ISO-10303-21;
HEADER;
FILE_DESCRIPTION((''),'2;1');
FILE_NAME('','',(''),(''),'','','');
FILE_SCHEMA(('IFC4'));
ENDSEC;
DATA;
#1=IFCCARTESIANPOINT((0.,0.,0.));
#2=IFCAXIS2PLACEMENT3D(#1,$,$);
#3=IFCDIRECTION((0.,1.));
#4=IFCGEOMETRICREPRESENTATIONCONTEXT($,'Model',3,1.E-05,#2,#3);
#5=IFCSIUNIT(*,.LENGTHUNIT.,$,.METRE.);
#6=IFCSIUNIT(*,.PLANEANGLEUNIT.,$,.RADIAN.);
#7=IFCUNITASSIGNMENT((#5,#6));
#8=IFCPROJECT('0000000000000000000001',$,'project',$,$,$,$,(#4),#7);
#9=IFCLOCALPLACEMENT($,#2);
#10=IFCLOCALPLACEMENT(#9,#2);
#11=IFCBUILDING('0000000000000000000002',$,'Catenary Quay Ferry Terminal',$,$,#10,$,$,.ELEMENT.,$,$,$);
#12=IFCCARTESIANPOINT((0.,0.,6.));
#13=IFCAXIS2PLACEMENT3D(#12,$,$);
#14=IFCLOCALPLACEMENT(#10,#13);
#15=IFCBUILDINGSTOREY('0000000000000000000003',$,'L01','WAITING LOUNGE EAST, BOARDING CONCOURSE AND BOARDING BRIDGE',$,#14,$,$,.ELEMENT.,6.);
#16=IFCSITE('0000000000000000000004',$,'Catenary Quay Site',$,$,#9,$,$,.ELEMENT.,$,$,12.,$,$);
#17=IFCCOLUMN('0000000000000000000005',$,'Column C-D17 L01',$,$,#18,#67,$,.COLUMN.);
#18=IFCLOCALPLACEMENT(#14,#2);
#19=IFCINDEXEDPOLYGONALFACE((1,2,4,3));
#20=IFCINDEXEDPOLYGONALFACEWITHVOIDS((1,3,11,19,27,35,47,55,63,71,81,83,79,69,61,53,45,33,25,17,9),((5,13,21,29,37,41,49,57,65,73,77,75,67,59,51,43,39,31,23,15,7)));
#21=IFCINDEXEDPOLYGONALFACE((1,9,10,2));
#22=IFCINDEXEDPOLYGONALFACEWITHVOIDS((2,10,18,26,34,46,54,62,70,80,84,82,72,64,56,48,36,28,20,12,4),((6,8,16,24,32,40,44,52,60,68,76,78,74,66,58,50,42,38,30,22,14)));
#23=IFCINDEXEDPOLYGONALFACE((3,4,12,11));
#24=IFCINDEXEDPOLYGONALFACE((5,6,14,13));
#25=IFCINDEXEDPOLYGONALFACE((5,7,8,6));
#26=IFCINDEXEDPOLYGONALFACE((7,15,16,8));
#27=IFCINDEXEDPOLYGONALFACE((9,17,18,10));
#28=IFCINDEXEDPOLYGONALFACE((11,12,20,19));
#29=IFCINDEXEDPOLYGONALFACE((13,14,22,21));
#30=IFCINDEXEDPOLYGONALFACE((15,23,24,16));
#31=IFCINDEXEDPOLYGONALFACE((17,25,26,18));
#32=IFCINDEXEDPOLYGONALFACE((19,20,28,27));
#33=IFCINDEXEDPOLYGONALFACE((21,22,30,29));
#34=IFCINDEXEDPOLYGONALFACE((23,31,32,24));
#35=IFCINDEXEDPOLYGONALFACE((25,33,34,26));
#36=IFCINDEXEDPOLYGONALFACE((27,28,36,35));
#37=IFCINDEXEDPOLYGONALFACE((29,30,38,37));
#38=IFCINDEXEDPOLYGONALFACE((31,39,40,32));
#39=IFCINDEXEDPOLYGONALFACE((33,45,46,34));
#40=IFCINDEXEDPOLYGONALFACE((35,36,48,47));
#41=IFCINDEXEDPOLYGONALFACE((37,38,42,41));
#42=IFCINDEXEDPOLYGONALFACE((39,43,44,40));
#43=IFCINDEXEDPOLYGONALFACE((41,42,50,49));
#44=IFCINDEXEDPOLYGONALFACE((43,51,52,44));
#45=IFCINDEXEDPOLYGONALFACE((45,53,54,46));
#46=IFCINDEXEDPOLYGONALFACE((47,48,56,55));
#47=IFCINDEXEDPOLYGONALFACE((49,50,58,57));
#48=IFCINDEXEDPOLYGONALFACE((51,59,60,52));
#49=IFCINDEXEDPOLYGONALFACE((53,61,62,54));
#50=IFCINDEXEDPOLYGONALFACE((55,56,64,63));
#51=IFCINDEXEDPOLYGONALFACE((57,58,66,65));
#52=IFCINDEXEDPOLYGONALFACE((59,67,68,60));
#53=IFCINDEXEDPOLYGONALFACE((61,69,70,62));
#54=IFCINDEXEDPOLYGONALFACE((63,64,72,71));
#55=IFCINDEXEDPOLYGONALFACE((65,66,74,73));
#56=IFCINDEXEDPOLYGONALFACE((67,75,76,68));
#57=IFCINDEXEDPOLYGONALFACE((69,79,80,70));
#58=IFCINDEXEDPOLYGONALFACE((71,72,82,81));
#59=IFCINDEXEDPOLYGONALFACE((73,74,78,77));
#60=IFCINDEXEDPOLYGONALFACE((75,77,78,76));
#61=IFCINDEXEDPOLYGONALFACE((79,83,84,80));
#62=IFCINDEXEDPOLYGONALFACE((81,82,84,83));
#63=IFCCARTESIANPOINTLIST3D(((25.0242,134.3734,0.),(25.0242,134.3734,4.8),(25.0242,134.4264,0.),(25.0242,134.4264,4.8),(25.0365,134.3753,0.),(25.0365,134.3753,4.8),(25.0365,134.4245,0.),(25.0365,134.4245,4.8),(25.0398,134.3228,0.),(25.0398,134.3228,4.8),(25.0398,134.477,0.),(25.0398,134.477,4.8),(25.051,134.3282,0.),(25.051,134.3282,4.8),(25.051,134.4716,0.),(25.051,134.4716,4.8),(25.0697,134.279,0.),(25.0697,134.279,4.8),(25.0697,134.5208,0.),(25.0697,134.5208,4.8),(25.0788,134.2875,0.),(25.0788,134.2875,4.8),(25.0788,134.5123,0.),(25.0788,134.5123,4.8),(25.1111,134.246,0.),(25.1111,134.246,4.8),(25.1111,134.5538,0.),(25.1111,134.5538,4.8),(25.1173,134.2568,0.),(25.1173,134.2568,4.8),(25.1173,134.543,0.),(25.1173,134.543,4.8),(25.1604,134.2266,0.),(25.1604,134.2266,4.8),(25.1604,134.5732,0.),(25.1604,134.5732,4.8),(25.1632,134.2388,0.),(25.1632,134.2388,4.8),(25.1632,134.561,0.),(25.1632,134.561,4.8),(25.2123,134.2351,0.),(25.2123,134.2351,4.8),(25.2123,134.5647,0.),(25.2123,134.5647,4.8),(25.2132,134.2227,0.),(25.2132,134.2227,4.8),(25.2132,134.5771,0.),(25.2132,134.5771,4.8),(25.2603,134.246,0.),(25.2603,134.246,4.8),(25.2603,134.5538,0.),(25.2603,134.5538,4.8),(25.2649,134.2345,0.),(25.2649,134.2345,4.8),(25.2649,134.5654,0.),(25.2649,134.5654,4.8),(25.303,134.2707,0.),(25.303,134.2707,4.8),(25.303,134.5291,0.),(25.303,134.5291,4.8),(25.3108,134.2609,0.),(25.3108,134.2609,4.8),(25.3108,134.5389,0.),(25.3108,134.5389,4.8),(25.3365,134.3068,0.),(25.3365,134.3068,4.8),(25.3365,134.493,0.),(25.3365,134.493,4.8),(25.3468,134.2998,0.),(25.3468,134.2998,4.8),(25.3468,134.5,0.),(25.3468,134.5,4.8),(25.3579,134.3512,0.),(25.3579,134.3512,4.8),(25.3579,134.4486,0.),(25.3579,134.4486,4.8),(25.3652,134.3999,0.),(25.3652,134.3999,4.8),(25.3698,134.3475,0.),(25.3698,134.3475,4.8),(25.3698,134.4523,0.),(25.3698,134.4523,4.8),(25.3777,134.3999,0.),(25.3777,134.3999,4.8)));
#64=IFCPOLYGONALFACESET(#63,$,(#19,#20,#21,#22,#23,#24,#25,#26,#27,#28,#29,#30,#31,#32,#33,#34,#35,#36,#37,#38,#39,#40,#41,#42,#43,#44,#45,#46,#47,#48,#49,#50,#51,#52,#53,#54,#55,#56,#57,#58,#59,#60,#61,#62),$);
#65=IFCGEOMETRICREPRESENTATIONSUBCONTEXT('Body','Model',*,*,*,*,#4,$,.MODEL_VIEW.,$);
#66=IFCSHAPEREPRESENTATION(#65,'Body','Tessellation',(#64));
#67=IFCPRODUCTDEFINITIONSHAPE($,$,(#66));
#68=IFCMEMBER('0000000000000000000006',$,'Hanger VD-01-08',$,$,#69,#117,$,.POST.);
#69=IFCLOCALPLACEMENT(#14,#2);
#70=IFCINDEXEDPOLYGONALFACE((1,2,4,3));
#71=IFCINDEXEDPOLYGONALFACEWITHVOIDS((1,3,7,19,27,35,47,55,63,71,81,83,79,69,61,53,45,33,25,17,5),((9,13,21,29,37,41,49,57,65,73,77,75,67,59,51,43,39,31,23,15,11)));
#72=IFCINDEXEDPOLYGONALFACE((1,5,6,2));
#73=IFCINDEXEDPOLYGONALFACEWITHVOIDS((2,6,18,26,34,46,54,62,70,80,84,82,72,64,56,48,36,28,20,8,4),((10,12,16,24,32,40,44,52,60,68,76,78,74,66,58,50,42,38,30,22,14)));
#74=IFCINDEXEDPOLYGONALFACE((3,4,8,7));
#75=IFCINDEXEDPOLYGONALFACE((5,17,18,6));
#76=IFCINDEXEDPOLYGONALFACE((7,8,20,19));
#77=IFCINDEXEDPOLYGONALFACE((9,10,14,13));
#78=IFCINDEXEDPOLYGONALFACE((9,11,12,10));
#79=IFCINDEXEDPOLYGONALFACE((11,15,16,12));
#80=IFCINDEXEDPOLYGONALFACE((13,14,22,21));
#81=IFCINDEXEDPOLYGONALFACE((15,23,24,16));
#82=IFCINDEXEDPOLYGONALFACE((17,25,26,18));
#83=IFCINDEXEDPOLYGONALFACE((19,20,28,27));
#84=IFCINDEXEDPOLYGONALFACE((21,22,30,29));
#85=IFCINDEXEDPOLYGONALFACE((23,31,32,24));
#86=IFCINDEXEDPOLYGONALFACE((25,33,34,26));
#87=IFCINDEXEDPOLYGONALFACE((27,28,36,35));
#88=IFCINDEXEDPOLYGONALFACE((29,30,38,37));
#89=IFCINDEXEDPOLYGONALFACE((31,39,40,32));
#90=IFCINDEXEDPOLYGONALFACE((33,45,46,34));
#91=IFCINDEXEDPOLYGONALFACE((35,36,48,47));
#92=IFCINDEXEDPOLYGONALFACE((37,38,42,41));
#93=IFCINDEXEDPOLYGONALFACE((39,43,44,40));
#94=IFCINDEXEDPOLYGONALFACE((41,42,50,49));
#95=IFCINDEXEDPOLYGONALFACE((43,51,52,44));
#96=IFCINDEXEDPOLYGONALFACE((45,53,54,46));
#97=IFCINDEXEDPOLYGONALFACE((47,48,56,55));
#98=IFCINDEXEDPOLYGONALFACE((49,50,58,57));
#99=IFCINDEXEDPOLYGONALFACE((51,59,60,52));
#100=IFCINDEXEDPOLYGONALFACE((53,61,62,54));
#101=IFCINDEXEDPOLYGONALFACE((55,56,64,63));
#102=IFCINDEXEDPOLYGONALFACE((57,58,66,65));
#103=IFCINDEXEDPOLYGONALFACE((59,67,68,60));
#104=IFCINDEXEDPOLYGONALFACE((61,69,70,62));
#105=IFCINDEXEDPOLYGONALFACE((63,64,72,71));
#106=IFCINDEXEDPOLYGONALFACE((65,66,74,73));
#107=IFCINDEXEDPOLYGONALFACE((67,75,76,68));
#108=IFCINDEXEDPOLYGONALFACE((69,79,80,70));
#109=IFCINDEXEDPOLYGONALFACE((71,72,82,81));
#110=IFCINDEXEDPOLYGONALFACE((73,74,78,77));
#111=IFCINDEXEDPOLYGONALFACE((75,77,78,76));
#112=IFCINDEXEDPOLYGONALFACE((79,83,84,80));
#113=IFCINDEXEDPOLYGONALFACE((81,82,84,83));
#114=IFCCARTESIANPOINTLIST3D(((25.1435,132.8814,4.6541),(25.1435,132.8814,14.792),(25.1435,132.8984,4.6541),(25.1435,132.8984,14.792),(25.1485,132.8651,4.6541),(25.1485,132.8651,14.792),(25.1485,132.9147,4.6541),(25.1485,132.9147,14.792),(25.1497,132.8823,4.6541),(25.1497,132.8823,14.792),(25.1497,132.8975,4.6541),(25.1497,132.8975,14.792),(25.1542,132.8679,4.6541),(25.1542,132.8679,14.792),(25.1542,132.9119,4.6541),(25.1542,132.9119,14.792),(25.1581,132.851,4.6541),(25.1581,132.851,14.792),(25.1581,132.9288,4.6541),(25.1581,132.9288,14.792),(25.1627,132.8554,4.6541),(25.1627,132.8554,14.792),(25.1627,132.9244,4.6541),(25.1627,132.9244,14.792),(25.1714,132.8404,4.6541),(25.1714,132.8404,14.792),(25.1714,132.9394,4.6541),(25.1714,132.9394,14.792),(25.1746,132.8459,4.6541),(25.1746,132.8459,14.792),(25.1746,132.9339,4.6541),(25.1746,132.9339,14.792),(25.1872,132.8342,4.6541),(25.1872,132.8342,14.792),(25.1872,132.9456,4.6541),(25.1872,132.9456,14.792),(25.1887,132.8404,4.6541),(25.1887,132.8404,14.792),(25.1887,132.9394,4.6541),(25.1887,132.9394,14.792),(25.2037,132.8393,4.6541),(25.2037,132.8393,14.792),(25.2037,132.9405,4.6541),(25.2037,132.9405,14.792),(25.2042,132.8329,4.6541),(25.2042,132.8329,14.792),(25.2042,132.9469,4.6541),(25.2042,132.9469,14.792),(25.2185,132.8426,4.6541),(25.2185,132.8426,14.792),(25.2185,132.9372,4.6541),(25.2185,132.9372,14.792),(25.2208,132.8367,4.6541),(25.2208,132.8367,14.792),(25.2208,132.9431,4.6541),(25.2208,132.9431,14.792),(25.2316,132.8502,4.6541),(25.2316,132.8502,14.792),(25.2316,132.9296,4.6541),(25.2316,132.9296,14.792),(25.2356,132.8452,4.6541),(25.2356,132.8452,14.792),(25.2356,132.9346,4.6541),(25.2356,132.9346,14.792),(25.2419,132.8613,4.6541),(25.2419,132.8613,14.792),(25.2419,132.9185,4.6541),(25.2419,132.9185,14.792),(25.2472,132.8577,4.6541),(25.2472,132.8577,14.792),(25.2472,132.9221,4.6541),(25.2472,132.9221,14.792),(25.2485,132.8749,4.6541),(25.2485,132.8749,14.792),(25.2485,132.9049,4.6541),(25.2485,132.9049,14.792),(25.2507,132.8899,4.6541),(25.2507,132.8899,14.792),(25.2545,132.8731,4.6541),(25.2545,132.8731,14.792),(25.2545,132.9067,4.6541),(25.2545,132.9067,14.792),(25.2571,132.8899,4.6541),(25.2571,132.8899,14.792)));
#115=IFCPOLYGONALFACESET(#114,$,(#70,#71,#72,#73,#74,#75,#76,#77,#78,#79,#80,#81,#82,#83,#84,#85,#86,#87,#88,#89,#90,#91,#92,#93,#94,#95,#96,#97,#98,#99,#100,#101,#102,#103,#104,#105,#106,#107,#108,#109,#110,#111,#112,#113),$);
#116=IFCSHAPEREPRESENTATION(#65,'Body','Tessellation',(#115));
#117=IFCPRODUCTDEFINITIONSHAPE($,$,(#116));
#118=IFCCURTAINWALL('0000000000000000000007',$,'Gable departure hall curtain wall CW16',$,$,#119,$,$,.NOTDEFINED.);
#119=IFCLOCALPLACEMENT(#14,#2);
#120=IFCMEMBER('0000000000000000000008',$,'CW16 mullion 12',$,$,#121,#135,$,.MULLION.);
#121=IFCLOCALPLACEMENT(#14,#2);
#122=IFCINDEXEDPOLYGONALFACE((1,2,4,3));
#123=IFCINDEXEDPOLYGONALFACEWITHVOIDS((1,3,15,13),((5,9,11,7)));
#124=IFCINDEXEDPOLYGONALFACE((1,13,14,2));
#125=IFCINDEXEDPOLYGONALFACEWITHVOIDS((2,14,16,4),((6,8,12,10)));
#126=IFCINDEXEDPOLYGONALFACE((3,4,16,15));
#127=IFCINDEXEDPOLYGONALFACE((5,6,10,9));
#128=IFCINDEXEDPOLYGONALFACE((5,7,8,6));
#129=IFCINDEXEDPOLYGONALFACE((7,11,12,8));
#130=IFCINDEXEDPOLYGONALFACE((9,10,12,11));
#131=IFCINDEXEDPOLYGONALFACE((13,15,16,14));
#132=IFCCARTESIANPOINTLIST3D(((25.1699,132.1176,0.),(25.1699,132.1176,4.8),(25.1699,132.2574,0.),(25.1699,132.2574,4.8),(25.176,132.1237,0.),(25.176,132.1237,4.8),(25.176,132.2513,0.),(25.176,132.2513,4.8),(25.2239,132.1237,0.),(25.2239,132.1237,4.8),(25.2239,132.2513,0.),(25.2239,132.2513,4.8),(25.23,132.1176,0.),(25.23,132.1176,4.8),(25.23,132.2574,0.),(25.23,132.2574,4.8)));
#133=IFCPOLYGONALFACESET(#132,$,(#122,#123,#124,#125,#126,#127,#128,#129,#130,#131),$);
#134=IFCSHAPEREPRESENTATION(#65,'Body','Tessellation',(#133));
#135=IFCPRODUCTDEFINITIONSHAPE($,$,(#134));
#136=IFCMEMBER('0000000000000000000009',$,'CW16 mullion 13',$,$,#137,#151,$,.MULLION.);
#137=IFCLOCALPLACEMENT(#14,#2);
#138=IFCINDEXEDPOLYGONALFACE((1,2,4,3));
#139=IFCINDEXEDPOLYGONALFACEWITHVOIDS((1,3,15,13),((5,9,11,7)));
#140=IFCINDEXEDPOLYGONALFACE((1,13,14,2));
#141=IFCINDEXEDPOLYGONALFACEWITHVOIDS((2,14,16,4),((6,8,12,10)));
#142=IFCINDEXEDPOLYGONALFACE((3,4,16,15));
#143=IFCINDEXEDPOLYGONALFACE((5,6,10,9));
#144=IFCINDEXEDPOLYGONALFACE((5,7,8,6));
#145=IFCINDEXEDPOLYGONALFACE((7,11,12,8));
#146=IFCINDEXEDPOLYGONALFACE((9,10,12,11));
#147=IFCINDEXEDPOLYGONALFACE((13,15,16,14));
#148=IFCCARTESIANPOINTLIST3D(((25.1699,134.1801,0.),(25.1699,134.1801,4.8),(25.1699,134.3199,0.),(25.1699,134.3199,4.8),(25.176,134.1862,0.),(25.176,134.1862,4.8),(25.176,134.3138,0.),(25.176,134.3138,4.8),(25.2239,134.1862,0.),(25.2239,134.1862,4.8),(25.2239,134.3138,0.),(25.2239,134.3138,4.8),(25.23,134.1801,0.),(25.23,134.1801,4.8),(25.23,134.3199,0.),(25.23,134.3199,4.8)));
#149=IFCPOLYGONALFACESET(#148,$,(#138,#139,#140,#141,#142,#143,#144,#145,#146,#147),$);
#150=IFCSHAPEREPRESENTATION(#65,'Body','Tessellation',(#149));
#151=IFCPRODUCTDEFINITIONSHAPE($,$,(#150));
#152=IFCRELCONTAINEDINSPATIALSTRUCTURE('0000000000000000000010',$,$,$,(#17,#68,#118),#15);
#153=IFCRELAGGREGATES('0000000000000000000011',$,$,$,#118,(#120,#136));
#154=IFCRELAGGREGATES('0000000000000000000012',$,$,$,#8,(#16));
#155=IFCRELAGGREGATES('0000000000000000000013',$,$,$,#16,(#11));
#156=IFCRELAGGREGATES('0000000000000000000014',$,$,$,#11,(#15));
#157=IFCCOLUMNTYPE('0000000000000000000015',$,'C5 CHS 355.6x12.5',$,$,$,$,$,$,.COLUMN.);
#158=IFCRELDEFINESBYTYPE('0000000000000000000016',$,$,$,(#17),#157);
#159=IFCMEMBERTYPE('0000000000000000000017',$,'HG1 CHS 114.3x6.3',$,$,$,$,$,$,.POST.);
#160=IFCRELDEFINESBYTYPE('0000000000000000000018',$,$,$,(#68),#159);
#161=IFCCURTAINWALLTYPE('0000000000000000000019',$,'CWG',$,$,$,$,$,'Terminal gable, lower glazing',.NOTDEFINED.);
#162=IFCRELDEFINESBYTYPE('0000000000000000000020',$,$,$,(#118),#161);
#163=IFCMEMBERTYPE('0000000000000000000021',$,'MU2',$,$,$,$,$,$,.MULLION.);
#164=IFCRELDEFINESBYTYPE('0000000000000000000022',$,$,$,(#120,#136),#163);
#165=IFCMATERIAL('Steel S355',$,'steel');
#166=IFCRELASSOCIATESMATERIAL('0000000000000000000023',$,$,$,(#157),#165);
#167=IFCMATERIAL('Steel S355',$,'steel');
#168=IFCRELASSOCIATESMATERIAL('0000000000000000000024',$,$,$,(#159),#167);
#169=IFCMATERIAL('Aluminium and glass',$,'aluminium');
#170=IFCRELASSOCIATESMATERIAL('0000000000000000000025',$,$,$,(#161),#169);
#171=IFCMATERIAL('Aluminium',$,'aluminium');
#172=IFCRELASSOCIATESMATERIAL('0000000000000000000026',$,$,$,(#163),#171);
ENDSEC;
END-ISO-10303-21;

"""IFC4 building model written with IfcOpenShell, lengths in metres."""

from ifc_helpers import new_model, si_unit, direction, frame, origin, origin_2d, place, context, subcontext, project, spatial, hollow_rectangle, hollow_circle, extrude, material, material_profile, profile_set, type_object, element, aggregate, save


model = new_model("IFC4")

# Units and contexts
model_context = context("Model", 3, precision=1e-05, world=origin(), true_north=direction((0.0, 1.0)))
body_context = subcontext(model_context, "Body", "Model", "MODEL_VIEW")
ifc_project = project(units=[si_unit("LENGTHUNIT", "METRE"), si_unit("PLANEANGLEUNIT", "RADIAN")], contexts=[model_context])

# Site, building, storey
site_placement = place(None, origin())
site = spatial("IfcSite", under=ifc_project, at=site_placement, Name="Catenary Quay Site", CompositionType="ELEMENT", RefElevation=12.0)
building_placement = place(site_placement, origin())
building = spatial("IfcBuilding", under=site, at=building_placement, Name="Catenary Quay Ferry Terminal", CompositionType="ELEMENT")
storey_placement = place(building_placement, frame((0.0, 0.0, 6.0)))
storey = spatial("IfcBuildingStorey", under=building, at=storey_placement, Name="L01", Description="WAITING LOUNGE EAST, BOARDING CONCOURSE AND BOARDING BRIDGE", CompositionType="ELEMENT", Elevation=6.0)

# Column
ifc_material_1 = material(Name="Steel S355", Category="steel")
ifc_material_profile_1 = material_profile(ifc_material_1, hollow_circle(Radius=0.1777, WallThickness=0.0125, at=origin_2d()), Name="CHS 355.6x12.5")
ifc_profile_set_1 = profile_set([ifc_material_profile_1], Name="Steel S355")
column_type = type_object("IfcColumnType", Name="C5 CHS 355.6x12.5", PredefinedType="COLUMN", material=ifc_profile_set_1)
column_placement = place(storey_placement, frame((25.2, 134.3999, 0.0), z_axis=(0.0, 0.0, 1.0), x_axis=(1.0, 0.0, 0.0)))
element("IfcColumn", 1, at=column_placement, inside=storey, type_object=column_type, Name="Column C-D17 L01", PredefinedType="COLUMN", context=body_context, shape_type="SweptSolid", body=[
    extrude(hollow_circle(Radius=0.1777, WallThickness=0.0125, at=origin_2d()), origin(), (0.0, 0.0, 1.0), 4.8),
])

# Member
ifc_material_2 = material(Name="Steel S355", Category="steel")
ifc_material_profile_2 = material_profile(ifc_material_2, hollow_circle(Radius=0.0571, WallThickness=0.0063, at=origin_2d()), Name="CHS 114.3x6.3")
ifc_profile_set_2 = profile_set([ifc_material_profile_2], Name="Steel S355")
member_type_1 = type_object("IfcMemberType", Name="HG1 CHS 114.3x6.3", PredefinedType="POST", material=ifc_profile_set_2)
member_1_placement = place(storey_placement, frame((25.2, 132.8899, 4.6541), z_axis=(0.0, 0.0, 1.0), x_axis=(1.0, 0.0, 0.0)))
element("IfcMember", 2, at=member_1_placement, inside=storey, type_object=member_type_1, Name="Hanger VD-01-08", PredefinedType="POST", context=body_context, shape_type="SweptSolid", body=[
    extrude(hollow_circle(Radius=0.0571, WallThickness=0.0063, at=origin_2d()), origin(), (0.0, 0.0, 1.0), 10.1379),
])

# Curtain wall, members
ifc_material_3 = material(Name="Aluminium and glass", Category="aluminium")
curtain_wall_type = type_object("IfcCurtainWallType", Name="CWG", ElementType="Terminal gable, lower glazing", PredefinedType="NOTDEFINED", material=ifc_material_3)
curtain_wall_placement = place(storey_placement, origin())
curtain_wall = element("IfcCurtainWall", 3, at=curtain_wall_placement, inside=storey, type_object=curtain_wall_type, Name="Gable departure hall curtain wall CW16", PredefinedType="NOTDEFINED")
ifc_material_4 = material(Name="Aluminium", Category="aluminium")
ifc_material_profile_3 = material_profile(ifc_material_4, hollow_rectangle(XDim=0.0601, YDim=0.1399, WallThickness=0.0061, at=origin_2d()), Name="MU2")
ifc_profile_set_3 = profile_set([ifc_material_profile_3], Name="Aluminium")
member_type_2 = type_object("IfcMemberType", Name="MU2", PredefinedType="MULLION", material=ifc_profile_set_3)
member_2_placement = place(storey_placement, frame((25.2, 132.1875, 0.0), z_axis=(0.0, 0.0, 1.0), x_axis=(-1.0, 0.0, 0.0)))
member_2 = element("IfcMember", 4, at=member_2_placement, type_object=member_type_2, Name="CW16 mullion 12", PredefinedType="MULLION", context=body_context, shape_type="SweptSolid", body=[
    extrude(hollow_rectangle(XDim=0.0601, YDim=0.1399, WallThickness=0.0061, at=origin_2d()), origin(), (0.0, 0.0, 1.0), 4.8),
])
member_3_placement = place(storey_placement, frame((25.2, 134.25, 0.0), z_axis=(0.0, 0.0, 1.0), x_axis=(-1.0, 0.0, 0.0)))
member_3 = element("IfcMember", 5, at=member_3_placement, type_object=member_type_2, Name="CW16 mullion 13", PredefinedType="MULLION", context=body_context, shape_type="SweptSolid", body=[
    extrude(hollow_rectangle(XDim=0.0601, YDim=0.1399, WallThickness=0.0061, at=origin_2d()), origin(), (0.0, 0.0, 1.0), 4.8),
])

aggregate(curtain_wall, [member_2, member_3])

save(model, "model.ifc")
